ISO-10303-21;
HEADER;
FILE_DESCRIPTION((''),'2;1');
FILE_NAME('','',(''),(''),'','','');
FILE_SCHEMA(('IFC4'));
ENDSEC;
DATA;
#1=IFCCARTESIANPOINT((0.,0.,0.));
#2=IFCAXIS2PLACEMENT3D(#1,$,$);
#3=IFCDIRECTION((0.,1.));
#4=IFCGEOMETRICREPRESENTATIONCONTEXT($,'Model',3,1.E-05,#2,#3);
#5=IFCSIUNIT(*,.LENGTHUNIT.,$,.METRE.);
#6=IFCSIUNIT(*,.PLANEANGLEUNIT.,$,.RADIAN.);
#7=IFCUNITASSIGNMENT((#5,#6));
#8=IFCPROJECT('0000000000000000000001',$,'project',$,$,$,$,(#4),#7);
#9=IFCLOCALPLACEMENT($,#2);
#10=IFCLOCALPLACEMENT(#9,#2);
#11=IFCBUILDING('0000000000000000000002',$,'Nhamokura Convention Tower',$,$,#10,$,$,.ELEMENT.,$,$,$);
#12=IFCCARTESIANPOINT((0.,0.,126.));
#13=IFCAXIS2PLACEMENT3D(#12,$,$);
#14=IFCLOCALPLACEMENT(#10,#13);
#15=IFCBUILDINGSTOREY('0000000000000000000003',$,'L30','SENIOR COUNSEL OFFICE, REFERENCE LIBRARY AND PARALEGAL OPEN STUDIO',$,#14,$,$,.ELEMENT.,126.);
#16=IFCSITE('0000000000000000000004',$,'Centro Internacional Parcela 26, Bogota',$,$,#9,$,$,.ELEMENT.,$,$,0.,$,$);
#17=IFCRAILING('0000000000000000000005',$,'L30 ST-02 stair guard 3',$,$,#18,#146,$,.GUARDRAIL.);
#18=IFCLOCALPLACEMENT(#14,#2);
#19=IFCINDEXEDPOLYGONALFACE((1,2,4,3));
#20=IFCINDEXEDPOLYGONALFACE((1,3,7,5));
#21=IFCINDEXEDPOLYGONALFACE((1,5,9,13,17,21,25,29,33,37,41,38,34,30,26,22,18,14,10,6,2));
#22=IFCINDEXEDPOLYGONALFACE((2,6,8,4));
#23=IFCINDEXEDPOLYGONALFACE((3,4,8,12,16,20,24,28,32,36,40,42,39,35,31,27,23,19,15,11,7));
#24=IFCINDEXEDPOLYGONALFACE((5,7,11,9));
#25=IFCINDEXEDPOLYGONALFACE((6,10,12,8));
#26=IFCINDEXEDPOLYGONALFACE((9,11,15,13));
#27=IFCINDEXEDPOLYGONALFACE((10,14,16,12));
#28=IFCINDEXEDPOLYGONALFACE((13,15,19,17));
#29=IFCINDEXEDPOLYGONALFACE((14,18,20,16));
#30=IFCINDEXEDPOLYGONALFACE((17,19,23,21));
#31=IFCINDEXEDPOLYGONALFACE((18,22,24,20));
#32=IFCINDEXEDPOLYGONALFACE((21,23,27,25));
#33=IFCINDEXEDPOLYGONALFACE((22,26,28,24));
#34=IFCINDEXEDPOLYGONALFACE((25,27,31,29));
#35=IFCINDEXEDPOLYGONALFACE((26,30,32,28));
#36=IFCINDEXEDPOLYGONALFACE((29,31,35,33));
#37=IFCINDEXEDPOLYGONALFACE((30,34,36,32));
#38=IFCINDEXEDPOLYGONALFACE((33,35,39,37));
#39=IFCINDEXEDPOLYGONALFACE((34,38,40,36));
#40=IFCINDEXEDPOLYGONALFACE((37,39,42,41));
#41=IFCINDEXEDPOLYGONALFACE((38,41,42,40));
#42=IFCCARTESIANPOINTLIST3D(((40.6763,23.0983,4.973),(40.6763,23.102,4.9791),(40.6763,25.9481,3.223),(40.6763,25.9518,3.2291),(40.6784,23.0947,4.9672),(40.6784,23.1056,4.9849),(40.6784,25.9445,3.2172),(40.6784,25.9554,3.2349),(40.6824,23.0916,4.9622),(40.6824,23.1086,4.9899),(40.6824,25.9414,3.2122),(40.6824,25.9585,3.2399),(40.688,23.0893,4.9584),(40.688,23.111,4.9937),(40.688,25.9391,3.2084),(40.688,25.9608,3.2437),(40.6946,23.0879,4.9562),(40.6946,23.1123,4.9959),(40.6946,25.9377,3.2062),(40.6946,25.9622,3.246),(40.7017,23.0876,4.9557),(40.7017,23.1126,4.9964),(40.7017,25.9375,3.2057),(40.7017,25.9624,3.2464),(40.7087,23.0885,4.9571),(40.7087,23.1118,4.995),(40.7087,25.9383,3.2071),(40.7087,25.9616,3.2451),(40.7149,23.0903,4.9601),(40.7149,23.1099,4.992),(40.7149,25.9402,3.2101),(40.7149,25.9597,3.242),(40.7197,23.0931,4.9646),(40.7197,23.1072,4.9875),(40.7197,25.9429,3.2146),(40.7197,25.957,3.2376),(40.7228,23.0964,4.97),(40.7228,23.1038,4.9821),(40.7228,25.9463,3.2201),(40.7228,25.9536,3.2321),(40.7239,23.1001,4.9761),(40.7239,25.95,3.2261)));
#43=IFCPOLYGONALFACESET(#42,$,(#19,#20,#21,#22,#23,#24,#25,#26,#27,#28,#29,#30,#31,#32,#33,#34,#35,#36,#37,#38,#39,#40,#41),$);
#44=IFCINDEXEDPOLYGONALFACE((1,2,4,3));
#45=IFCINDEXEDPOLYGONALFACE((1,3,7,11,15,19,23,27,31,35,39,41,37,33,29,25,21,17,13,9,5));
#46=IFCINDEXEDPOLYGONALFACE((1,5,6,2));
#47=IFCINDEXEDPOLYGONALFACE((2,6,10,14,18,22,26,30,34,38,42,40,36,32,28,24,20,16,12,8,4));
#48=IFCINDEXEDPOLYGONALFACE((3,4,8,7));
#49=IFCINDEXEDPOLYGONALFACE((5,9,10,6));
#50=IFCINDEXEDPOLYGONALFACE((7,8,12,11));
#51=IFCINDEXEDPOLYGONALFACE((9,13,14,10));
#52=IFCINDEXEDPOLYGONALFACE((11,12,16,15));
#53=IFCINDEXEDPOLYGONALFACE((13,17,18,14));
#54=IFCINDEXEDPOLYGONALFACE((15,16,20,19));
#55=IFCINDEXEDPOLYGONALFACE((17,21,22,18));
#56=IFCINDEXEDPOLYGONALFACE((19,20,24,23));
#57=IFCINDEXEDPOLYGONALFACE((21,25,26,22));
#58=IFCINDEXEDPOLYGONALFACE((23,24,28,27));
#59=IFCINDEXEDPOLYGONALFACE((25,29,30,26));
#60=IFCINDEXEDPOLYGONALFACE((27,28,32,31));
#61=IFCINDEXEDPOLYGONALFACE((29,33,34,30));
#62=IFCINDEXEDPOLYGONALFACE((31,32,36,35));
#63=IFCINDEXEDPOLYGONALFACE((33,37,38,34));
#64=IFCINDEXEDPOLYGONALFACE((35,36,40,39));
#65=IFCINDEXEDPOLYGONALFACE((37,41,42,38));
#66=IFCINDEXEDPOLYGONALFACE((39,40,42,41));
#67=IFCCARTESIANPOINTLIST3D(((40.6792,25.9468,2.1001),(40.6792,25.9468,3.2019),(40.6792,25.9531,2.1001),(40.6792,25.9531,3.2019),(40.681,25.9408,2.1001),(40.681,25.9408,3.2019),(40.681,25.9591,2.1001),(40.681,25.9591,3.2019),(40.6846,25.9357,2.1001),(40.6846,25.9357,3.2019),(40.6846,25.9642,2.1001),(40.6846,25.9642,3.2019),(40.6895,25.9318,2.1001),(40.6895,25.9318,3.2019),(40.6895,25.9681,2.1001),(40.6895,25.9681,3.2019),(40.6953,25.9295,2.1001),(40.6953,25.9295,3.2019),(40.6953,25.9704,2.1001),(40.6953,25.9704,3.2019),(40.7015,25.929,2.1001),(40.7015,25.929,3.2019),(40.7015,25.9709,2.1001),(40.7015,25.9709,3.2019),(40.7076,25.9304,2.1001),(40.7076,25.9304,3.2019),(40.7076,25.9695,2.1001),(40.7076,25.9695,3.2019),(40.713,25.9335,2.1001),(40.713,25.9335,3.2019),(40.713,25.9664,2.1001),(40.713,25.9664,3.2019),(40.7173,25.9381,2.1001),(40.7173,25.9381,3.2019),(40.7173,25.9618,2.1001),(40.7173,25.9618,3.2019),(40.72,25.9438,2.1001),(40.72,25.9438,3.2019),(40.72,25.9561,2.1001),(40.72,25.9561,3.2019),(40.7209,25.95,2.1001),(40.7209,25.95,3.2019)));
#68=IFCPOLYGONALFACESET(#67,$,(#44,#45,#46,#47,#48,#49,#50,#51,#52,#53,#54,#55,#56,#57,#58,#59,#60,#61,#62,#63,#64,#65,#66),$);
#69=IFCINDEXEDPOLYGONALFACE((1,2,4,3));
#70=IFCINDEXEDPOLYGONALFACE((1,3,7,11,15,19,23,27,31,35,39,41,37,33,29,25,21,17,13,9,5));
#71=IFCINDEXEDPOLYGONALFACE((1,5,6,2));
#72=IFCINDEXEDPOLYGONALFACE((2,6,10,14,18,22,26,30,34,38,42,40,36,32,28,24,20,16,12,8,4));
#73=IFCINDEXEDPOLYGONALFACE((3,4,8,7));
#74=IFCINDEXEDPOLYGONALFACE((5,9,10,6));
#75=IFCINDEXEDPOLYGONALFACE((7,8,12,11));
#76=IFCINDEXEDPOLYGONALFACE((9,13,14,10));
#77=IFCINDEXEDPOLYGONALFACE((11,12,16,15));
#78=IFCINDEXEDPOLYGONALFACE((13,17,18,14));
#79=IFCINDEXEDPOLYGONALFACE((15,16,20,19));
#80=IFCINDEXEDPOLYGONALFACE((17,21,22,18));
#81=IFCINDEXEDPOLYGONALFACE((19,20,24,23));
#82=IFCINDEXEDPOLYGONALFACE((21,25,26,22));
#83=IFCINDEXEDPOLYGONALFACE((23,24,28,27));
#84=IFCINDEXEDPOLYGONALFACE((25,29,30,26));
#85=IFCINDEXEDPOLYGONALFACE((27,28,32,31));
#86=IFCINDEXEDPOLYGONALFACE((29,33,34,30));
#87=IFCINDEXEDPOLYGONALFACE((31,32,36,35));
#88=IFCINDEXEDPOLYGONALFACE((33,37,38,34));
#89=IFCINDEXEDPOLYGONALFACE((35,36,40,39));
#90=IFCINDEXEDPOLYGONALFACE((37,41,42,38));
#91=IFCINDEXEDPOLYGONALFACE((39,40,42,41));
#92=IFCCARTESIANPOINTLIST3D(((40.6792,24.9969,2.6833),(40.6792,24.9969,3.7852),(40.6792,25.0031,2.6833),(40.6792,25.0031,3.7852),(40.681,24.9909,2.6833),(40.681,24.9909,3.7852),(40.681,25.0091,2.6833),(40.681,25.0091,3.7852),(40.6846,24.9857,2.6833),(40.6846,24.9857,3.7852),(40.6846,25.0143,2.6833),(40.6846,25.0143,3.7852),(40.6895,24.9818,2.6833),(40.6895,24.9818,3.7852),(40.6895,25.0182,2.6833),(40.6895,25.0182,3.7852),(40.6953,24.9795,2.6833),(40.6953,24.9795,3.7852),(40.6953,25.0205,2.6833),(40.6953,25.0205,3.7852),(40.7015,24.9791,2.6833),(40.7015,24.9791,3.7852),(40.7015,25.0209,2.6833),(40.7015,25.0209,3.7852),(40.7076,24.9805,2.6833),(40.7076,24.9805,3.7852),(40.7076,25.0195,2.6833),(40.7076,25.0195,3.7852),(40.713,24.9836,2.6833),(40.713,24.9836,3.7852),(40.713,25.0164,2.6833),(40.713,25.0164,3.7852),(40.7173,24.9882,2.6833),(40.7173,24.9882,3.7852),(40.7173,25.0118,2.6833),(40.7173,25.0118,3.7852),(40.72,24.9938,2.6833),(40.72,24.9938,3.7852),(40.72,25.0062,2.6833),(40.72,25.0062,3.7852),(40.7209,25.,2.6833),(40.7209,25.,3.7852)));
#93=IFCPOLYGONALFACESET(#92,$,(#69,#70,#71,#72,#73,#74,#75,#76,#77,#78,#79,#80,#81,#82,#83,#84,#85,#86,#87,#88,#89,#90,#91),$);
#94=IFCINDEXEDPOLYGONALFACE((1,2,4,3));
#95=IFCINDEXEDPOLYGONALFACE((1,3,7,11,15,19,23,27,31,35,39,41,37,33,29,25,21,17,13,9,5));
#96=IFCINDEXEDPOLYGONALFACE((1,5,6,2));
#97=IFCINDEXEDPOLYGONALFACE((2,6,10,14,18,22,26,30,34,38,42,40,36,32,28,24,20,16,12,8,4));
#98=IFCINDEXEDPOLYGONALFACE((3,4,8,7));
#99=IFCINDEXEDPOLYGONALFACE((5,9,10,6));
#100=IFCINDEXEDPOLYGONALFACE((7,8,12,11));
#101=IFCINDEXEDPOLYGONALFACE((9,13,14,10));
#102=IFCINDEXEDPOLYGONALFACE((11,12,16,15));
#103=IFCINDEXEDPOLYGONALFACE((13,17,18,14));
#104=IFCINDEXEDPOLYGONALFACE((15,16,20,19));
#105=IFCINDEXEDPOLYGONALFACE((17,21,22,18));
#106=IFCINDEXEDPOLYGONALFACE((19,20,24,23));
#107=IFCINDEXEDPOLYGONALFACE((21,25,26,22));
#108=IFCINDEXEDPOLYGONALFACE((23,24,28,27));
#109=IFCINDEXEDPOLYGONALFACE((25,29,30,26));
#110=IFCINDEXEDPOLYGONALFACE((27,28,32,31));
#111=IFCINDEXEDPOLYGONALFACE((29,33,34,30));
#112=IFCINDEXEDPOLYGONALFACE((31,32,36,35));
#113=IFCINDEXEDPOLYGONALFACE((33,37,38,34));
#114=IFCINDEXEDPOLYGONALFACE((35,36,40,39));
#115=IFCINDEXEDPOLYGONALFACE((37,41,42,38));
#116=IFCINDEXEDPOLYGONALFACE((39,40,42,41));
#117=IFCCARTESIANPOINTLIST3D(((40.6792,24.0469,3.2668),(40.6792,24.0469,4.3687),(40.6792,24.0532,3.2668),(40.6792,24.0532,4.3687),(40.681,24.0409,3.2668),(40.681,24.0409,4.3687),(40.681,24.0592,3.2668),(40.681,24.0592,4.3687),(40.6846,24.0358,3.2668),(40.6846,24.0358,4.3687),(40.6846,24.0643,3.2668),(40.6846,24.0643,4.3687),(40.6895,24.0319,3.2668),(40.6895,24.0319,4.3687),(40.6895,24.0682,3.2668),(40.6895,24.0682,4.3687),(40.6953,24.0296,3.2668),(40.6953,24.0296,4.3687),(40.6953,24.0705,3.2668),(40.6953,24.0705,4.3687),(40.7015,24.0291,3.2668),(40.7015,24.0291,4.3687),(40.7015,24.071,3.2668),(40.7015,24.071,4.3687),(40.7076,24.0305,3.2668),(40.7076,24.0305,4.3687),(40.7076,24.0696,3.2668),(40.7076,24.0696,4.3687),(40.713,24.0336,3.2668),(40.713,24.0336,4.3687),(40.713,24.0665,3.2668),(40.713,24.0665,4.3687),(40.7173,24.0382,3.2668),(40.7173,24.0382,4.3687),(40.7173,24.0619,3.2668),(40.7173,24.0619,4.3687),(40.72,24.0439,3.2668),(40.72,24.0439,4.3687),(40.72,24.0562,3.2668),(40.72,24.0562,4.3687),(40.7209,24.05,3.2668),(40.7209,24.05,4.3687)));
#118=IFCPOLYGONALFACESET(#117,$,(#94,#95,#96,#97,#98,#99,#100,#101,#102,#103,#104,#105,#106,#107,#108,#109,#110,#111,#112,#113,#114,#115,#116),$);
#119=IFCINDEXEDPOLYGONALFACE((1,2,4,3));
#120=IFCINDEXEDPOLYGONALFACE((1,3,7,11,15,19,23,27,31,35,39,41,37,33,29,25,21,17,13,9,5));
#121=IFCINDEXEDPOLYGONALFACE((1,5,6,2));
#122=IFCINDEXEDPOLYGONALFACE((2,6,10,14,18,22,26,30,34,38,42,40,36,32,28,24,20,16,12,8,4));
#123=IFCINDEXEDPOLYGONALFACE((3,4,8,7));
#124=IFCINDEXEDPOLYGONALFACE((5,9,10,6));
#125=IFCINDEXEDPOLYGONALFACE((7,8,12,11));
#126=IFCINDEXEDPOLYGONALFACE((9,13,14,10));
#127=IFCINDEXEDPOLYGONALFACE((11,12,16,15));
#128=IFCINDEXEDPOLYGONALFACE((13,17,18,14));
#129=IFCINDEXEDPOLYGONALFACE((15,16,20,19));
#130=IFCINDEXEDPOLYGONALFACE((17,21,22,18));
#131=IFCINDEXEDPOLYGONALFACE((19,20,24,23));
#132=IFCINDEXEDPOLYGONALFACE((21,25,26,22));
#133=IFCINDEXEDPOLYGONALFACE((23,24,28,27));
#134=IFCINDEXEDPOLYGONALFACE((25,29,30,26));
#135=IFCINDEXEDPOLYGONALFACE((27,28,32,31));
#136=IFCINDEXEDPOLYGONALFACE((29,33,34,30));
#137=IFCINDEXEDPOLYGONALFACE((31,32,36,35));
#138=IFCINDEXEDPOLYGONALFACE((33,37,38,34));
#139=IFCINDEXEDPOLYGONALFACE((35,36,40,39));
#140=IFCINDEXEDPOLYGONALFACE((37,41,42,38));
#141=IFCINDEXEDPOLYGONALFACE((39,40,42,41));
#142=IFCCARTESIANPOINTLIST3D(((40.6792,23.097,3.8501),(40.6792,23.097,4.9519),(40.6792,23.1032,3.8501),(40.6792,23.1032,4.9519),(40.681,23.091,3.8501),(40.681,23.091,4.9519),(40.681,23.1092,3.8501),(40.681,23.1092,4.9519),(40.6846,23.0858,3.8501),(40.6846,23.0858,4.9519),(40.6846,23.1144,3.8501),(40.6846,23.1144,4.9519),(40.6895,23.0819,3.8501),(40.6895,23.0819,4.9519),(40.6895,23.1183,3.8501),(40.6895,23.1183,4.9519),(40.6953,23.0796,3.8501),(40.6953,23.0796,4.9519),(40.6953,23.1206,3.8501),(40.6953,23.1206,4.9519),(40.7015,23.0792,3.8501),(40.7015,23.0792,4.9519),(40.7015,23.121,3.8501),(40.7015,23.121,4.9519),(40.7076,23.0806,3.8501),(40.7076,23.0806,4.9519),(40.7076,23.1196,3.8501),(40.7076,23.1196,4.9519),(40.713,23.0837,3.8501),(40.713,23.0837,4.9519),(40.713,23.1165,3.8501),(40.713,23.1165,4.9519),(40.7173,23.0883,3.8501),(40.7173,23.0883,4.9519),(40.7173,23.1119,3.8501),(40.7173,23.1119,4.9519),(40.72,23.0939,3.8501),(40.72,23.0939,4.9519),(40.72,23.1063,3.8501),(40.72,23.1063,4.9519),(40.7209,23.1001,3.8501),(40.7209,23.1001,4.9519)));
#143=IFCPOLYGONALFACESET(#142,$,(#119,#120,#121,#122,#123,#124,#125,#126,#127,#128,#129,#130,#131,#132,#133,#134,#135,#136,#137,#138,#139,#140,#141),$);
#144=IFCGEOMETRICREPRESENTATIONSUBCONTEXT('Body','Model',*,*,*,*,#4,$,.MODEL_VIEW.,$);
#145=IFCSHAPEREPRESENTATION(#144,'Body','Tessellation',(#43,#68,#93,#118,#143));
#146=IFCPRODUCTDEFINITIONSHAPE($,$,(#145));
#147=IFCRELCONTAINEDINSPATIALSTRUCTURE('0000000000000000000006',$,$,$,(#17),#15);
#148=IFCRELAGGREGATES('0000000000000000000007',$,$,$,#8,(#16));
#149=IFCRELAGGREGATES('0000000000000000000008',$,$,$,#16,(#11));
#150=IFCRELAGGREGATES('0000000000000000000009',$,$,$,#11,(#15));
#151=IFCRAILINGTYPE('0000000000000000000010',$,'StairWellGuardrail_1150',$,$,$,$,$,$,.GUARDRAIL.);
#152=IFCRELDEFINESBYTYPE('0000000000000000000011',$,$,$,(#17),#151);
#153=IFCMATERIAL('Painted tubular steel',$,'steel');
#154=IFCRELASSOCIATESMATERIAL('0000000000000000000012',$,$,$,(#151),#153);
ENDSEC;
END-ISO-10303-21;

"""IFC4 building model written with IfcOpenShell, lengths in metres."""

from ifc_helpers import new_model, si_unit, direction, frame, origin, origin_2d, place, context, subcontext, project, spatial, circle, extrude, material, type_object, element, save


model = new_model("IFC4")

# Units and contexts
model_context = context("Model", 3, precision=1e-05, world=origin(), true_north=direction((0.0, 1.0)))
body_context = subcontext(model_context, "Body", "Model", "MODEL_VIEW")
ifc_project = project(units=[si_unit("LENGTHUNIT", "METRE"), si_unit("PLANEANGLEUNIT", "RADIAN")], contexts=[model_context])

# Site, building, storey
site_placement = place(None, origin())
site = spatial("IfcSite", under=ifc_project, at=site_placement, Name="Centro Internacional Parcela 26, Bogota", CompositionType="ELEMENT", RefElevation=0.0)
building_placement = place(site_placement, origin())
building = spatial("IfcBuilding", under=site, at=building_placement, Name="Nhamokura Convention Tower", CompositionType="ELEMENT")
storey_placement = place(building_placement, frame((0.0, 0.0, 126.0)))
storey = spatial("IfcBuildingStorey", under=building, at=storey_placement, Name="L30", Description="SENIOR COUNSEL OFFICE, REFERENCE LIBRARY AND PARALEGAL OPEN STUDIO", CompositionType="ELEMENT", Elevation=126.0)

# Railing
ifc_material_1 = material(Name="Painted tubular steel", Category="steel")
railing_type_1 = type_object("IfcRailingType", Name="StairWellGuardrail_1150", PredefinedType="GUARDRAIL", material=ifc_material_1)
railing_1_placement = place(storey_placement, frame((40.7, 25.95, 2.1001)))
element("IfcRailing", 1, at=railing_1_placement, inside=storey, type_object=railing_type_1, Name="L30 ST-02 stair guard 3", PredefinedType="GUARDRAIL", context=body_context, shape_type="SweptSolid", body=[
    extrude(circle(Radius=0.0239, at=origin_2d()), frame((0.0, 0.0, 1.126), z_axis=(0.0, -0.852159, 0.523283), x_axis=(1.0, 0.0, 0.0)), (0.0, 0.0, 1.0), 3.3442),
    extrude(circle(Radius=0.021, at=origin_2d()), origin(), (0.0, 0.0, 1.0), 1.1018),
    extrude(circle(Radius=0.021, at=origin_2d()), frame((0.0, -0.95, 0.5833)), (0.0, 0.0, 1.0), 1.1018),
    extrude(circle(Radius=0.021, at=origin_2d()), frame((0.0, -1.8999, 1.1667)), (0.0, 0.0, 1.0), 1.1018),
    extrude(circle(Radius=0.021, at=origin_2d()), frame((0.0, -2.8499, 1.75)), (0.0, 0.0, 1.0), 1.1018),
])

save(model, "model.ifc")
